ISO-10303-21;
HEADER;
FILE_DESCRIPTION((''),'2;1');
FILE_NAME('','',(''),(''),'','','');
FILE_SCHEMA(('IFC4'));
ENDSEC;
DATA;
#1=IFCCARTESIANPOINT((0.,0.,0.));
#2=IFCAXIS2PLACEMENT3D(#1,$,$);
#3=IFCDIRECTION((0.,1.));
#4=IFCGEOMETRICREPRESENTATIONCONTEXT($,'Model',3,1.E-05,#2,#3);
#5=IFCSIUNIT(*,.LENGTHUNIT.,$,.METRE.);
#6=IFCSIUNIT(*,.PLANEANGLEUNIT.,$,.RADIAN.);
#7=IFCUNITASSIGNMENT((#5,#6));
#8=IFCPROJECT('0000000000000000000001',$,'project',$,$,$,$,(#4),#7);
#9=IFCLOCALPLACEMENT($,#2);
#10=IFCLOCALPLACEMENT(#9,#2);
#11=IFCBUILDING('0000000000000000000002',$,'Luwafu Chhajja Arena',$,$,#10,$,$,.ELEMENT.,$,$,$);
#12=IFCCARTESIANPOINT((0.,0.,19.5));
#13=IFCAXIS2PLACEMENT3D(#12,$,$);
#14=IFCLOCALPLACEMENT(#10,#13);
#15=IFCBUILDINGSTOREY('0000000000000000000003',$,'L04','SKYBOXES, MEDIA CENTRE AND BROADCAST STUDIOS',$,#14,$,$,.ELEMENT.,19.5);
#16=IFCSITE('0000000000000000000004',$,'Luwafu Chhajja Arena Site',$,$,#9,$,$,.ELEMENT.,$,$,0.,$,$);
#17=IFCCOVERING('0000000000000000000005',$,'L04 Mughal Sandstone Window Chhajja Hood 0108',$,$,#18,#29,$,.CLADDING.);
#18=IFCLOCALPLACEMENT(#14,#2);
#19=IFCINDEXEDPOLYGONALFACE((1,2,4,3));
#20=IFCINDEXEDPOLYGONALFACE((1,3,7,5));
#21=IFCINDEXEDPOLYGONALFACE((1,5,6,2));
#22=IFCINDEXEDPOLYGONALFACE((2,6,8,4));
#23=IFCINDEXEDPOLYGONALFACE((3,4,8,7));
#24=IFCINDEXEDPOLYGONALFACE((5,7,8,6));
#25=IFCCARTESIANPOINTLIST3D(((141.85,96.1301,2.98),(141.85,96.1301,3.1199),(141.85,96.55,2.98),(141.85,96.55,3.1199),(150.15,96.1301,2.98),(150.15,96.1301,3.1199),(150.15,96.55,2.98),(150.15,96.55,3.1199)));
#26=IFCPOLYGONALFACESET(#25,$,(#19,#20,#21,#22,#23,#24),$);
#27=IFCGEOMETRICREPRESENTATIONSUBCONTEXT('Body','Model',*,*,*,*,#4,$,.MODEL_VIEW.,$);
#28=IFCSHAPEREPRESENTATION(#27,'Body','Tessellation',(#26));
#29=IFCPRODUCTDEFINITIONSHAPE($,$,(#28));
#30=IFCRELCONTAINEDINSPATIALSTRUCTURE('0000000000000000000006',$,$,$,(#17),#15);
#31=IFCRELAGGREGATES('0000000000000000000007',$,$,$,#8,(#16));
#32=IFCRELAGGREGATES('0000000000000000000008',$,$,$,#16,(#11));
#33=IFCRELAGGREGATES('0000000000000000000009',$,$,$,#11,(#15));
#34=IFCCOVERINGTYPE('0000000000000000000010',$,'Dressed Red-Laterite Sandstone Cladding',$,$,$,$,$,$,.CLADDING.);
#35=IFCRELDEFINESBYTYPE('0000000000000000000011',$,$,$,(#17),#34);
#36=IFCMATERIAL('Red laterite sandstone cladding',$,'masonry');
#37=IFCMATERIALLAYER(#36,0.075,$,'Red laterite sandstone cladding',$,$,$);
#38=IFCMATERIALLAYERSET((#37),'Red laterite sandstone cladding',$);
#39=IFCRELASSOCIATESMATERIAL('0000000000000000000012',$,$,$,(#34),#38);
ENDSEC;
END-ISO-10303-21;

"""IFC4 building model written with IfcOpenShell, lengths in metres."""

from ifc_helpers import new_model, si_unit, direction, frame, origin, origin_2d, place, context, subcontext, project, spatial, rectangle, extrude, material, layer, layer_set, type_object, element, save


model = new_model("IFC4")

# Units and contexts
model_context = context("Model", 3, precision=1e-05, world=origin(), true_north=direction((0.0, 1.0)))
body_context = subcontext(model_context, "Body", "Model", "MODEL_VIEW")
ifc_project = project(units=[si_unit("LENGTHUNIT", "METRE"), si_unit("PLANEANGLEUNIT", "RADIAN")], contexts=[model_context])

# Site, building, storey
site_placement = place(None, origin())
site = spatial("IfcSite", under=ifc_project, at=site_placement, Name="Luwafu Chhajja Arena Site", CompositionType="ELEMENT", RefElevation=0.0)
building_placement = place(site_placement, origin())
building = spatial("IfcBuilding", under=site, at=building_placement, Name="Luwafu Chhajja Arena", CompositionType="ELEMENT")
storey_placement = place(building_placement, frame((0.0, 0.0, 19.5)))
storey = spatial("IfcBuildingStorey", under=building, at=storey_placement, Name="L04", Description="SKYBOXES, MEDIA CENTRE AND BROADCAST STUDIOS", CompositionType="ELEMENT", Elevation=19.5)

# Covering
ifc_material_1 = material(Name="Red laterite sandstone cladding", Category="masonry")
ifc_layer_1 = layer(ifc_material_1, 0.075, Name="Red laterite sandstone cladding")
ifc_layer_set_1 = layer_set([ifc_layer_1], Name="Red laterite sandstone cladding")
covering_type = type_object("IfcCoveringType", Name="Dressed Red-Laterite Sandstone Cladding", PredefinedType="CLADDING", material=ifc_layer_set_1)
covering_1_placement = place(storey_placement, frame((146.0, 96.3401, 2.98), z_axis=(0.0, 0.0, 1.0), x_axis=(1.0, 0.0, 0.0)))
element("IfcCovering", 1, at=covering_1_placement, inside=storey, type_object=covering_type, Name="L04 Mughal Sandstone Window Chhajja Hood 0108", PredefinedType="CLADDING", context=body_context, shape_type="SweptSolid", body=[
    extrude(rectangle(XDim=8.3, YDim=0.4199, at=origin_2d()), origin(), (0.0, 0.0, 1.0), 0.1399),
])

save(model, "model.ifc")
